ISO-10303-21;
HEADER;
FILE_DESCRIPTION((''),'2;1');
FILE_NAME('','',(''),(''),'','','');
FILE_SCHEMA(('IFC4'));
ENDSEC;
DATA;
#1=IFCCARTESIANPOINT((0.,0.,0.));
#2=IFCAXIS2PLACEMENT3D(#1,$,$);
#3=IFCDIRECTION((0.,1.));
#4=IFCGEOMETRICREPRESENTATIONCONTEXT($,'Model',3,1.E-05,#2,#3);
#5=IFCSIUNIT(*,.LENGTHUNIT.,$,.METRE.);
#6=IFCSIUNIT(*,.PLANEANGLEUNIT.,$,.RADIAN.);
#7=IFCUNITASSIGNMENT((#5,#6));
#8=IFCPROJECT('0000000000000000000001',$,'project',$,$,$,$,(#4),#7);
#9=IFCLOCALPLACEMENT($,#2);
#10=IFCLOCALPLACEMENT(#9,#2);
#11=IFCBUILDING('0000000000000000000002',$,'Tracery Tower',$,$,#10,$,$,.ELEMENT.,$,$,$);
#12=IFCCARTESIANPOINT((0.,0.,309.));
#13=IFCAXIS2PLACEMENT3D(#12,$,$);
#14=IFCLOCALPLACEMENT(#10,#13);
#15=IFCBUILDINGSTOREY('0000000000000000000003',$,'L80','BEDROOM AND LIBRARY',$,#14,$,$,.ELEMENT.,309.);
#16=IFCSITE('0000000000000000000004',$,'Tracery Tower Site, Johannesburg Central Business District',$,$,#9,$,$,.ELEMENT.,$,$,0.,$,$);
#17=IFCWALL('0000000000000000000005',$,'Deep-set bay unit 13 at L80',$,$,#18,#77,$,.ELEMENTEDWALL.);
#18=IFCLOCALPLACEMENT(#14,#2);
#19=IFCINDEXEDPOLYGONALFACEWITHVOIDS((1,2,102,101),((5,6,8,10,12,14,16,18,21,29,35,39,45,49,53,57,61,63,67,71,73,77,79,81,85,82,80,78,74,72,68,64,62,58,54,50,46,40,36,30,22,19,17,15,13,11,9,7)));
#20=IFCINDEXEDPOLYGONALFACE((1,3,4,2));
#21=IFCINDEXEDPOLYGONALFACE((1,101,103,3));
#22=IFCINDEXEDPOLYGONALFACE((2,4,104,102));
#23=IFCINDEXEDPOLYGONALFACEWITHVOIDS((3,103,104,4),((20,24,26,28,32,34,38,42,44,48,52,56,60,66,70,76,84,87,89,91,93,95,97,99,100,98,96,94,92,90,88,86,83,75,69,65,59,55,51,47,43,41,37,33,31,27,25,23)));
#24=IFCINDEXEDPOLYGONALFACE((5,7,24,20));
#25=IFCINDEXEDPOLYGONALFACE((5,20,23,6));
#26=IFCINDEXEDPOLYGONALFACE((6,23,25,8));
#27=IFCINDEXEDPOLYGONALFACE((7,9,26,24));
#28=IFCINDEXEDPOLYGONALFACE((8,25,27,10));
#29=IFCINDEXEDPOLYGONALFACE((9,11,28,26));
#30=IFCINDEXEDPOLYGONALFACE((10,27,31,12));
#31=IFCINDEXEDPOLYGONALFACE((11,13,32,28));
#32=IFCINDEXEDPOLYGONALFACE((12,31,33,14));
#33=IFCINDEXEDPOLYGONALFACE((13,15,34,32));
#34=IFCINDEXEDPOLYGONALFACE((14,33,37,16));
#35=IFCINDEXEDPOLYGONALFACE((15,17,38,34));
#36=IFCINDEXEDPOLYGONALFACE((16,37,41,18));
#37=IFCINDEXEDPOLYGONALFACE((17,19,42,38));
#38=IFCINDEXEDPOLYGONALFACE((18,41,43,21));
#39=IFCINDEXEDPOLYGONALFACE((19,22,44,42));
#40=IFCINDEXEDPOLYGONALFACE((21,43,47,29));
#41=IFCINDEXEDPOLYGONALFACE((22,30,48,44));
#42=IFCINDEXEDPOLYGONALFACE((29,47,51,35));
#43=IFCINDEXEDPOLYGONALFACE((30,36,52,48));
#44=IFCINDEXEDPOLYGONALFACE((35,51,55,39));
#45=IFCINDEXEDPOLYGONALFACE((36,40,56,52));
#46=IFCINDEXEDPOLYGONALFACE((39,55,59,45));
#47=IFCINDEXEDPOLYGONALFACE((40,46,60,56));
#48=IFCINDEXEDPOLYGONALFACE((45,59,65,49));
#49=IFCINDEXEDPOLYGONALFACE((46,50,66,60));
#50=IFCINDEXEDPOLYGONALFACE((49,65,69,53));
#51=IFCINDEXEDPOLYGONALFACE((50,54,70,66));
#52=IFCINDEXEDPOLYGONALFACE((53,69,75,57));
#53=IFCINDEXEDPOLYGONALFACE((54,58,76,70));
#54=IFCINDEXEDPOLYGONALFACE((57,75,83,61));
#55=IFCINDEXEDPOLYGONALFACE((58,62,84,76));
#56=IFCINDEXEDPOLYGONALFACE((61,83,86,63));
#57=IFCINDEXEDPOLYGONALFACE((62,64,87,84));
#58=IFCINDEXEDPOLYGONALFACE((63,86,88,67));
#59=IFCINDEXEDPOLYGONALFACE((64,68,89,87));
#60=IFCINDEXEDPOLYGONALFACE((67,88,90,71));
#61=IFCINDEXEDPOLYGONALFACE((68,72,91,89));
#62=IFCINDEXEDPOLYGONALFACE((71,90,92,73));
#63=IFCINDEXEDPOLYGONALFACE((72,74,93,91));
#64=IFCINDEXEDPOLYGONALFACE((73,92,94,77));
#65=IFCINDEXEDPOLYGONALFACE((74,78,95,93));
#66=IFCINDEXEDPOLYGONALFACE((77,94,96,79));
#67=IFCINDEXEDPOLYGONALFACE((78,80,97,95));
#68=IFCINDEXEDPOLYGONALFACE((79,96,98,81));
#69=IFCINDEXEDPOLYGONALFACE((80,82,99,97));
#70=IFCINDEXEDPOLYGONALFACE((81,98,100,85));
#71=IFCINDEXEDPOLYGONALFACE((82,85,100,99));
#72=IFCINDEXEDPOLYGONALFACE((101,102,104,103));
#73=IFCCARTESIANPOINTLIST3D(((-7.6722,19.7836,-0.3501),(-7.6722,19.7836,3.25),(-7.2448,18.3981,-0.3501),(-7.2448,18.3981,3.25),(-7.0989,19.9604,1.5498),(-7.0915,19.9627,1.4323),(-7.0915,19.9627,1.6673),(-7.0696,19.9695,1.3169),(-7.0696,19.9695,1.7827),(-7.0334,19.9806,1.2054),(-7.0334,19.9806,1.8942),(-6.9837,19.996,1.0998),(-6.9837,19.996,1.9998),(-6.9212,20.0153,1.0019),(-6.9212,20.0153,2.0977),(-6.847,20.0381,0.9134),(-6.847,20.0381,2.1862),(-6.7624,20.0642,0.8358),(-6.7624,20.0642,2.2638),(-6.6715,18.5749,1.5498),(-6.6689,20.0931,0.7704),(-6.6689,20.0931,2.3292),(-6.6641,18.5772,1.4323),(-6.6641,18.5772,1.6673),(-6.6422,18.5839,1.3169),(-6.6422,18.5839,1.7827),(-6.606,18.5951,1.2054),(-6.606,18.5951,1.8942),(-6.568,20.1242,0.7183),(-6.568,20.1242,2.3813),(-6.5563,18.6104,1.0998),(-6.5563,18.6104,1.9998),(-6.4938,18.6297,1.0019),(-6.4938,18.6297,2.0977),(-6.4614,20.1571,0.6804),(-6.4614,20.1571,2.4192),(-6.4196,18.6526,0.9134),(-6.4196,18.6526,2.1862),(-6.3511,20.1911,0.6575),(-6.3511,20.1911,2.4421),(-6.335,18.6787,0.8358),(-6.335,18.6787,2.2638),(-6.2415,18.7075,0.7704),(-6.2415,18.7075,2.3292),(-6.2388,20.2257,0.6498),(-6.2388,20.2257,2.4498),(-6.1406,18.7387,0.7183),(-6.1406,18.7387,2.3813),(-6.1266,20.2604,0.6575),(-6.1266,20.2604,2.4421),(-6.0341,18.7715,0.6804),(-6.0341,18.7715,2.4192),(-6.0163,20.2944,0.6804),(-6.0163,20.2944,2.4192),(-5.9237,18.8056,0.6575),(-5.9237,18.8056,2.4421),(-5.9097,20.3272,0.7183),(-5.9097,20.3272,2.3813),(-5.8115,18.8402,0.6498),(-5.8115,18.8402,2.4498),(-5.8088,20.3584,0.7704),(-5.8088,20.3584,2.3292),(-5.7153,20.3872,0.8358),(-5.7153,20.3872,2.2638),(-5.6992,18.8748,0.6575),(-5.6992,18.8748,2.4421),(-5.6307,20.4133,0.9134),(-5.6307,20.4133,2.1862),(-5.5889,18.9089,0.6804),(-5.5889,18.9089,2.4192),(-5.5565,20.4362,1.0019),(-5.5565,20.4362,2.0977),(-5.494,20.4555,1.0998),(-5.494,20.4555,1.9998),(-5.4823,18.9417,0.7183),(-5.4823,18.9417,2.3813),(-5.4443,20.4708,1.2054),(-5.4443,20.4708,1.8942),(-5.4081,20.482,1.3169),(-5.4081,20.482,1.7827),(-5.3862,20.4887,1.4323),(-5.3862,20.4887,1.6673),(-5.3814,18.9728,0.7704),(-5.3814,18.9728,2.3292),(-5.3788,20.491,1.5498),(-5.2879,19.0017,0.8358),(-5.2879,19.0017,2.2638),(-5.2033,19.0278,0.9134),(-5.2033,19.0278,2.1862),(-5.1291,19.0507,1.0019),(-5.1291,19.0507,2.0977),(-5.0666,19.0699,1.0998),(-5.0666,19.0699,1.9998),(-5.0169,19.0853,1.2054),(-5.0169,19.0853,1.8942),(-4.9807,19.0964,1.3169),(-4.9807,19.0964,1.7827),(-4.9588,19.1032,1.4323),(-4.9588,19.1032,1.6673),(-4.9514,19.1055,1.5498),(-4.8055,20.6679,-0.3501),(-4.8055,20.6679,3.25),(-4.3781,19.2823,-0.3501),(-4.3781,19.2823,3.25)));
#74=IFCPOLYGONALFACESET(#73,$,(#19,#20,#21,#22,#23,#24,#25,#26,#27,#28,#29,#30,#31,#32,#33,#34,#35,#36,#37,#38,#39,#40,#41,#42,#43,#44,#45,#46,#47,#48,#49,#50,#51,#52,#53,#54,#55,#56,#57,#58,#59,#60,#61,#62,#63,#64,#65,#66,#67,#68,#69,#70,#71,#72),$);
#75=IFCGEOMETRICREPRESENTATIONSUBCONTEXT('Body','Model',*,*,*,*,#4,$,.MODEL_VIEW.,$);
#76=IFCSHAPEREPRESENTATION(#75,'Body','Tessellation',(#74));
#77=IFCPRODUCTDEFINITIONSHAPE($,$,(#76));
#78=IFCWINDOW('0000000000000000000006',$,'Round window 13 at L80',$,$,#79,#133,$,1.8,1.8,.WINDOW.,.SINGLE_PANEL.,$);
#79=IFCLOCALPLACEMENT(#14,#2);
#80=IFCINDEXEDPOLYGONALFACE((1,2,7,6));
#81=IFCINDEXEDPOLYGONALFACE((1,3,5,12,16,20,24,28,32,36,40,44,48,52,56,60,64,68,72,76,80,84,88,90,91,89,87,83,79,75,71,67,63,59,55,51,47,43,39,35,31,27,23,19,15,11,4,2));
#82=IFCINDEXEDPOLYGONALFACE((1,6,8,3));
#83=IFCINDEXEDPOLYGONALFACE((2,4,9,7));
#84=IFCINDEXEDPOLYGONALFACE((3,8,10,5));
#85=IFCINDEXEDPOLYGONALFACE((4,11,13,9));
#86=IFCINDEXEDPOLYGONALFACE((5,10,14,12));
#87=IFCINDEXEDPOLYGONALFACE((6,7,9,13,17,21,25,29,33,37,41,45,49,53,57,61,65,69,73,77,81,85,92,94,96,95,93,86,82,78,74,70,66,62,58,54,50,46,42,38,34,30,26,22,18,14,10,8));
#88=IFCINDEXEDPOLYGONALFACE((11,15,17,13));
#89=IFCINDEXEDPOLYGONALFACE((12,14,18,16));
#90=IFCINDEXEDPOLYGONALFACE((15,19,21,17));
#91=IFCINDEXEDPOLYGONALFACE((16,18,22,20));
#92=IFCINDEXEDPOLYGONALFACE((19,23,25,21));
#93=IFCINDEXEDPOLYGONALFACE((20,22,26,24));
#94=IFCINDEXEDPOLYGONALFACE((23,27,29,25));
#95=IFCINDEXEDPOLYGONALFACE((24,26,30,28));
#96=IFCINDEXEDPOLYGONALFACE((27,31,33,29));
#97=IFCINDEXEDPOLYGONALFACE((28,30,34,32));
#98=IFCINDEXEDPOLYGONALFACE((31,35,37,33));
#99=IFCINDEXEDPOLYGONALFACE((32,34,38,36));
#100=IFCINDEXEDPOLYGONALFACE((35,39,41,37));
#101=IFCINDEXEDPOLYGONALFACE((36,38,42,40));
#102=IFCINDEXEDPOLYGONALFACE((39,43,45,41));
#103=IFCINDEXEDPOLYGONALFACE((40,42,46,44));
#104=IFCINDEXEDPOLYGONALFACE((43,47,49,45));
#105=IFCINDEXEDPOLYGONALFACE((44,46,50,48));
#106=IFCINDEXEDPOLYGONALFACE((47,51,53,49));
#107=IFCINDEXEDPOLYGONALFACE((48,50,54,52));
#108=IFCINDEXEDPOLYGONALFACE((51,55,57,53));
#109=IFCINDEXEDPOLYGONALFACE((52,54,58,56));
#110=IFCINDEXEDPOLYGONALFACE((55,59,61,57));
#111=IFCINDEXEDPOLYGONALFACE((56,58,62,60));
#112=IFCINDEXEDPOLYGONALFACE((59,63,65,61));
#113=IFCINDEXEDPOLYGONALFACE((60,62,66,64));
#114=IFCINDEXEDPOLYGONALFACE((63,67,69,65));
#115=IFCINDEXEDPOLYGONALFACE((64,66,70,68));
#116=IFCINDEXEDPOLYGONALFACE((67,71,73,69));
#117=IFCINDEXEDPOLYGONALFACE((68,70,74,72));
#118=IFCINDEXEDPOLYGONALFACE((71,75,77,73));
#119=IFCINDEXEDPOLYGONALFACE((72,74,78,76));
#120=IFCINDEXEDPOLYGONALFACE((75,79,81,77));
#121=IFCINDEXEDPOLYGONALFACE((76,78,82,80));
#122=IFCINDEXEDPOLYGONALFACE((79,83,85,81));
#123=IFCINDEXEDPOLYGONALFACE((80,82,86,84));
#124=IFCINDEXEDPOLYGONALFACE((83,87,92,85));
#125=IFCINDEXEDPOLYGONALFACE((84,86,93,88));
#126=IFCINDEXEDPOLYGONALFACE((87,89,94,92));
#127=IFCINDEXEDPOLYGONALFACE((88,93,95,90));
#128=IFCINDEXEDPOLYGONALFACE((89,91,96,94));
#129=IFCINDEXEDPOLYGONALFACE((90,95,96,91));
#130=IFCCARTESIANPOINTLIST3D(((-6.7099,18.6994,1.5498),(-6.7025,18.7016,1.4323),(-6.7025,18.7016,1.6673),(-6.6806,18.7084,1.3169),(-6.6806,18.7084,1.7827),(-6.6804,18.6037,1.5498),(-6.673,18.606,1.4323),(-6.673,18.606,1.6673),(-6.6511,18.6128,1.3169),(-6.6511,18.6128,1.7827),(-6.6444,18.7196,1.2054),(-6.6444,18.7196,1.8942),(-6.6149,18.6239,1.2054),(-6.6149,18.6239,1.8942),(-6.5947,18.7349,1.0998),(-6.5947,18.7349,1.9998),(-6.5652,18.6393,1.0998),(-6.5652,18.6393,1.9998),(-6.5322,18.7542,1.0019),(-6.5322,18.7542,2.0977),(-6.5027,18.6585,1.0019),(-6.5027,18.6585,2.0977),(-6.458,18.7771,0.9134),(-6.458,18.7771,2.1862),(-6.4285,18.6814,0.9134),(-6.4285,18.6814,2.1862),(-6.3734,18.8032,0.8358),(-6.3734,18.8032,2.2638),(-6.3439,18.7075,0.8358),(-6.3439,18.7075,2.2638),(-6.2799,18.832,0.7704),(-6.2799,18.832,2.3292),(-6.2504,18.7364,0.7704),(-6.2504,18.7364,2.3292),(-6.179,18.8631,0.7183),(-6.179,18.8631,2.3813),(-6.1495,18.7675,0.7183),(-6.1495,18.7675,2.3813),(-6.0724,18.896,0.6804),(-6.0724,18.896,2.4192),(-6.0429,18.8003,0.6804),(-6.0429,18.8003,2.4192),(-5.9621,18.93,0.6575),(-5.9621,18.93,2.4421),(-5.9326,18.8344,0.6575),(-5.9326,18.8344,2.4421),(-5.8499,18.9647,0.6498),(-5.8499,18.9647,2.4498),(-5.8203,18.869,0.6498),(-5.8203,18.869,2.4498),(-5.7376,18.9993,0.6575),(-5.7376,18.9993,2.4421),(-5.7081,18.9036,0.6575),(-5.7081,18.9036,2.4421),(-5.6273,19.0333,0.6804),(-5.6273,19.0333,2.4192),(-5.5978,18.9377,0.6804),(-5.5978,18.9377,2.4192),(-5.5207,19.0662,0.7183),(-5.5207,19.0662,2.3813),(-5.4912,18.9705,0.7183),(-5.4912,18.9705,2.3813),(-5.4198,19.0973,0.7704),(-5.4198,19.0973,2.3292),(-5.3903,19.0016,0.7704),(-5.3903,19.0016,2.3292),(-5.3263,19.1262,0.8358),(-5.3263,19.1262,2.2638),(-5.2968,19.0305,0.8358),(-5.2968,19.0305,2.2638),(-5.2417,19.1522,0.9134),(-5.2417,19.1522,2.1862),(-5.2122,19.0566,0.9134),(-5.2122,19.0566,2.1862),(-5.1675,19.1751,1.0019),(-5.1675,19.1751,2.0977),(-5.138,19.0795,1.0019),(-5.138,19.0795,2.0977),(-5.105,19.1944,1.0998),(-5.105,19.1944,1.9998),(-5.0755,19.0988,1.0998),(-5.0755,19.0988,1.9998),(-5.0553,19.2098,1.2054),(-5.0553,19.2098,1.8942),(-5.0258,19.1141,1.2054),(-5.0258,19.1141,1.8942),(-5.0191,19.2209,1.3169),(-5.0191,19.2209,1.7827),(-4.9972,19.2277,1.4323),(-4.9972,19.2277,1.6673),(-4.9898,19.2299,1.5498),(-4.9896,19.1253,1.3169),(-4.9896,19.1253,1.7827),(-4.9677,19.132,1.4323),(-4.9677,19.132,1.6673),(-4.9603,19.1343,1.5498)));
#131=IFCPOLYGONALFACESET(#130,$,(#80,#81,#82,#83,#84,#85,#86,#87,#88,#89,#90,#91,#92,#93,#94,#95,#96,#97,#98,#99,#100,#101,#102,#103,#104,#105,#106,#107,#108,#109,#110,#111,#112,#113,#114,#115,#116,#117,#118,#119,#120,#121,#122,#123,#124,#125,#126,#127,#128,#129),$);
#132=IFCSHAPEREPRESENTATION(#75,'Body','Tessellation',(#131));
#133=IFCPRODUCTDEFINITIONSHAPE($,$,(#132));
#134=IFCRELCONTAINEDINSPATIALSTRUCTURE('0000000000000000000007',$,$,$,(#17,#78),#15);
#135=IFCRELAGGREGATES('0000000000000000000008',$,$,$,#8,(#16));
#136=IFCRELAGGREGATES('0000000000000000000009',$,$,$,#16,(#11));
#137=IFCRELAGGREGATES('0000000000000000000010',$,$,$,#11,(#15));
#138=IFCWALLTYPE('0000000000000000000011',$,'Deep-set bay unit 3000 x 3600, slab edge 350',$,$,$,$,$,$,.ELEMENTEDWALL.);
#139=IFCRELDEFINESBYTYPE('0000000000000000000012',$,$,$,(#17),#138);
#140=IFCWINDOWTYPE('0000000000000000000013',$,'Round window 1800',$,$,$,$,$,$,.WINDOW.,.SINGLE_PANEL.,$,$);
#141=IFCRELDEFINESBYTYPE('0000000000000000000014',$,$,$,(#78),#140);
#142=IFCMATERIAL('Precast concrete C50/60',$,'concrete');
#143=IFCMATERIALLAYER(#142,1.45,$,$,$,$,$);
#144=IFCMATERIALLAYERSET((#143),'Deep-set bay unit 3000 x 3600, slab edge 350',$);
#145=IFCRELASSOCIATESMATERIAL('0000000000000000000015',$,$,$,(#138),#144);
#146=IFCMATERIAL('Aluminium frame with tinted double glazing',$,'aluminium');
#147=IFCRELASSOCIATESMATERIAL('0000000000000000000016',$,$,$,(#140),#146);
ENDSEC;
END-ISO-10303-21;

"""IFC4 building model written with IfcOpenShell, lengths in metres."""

from ifc_helpers import new_model, si_unit, direction, frame, frame_2d, origin, origin_2d, place, context, subcontext, project, spatial, rectangle, circle, extrude, material, layer, layer_set, type_object, element, fill, save


model = new_model("IFC4")

# Units and contexts
model_context = context("Model", 3, precision=1e-05, world=origin(), true_north=direction((0.0, 1.0)))
body_context = subcontext(model_context, "Body", "Model", "MODEL_VIEW")
ifc_project = project(units=[si_unit("LENGTHUNIT", "METRE"), si_unit("PLANEANGLEUNIT", "RADIAN")], contexts=[model_context])

# Site, building, storey
site_placement = place(None, origin())
site = spatial("IfcSite", under=ifc_project, at=site_placement, Name="Tracery Tower Site, Johannesburg Central Business District", CompositionType="ELEMENT", RefElevation=0.0)
building_placement = place(site_placement, origin())
building = spatial("IfcBuilding", under=site, at=building_placement, Name="Tracery Tower", CompositionType="ELEMENT")
storey_placement = place(building_placement, frame((0.0, 0.0, 309.0)))
storey = spatial("IfcBuildingStorey", under=building, at=storey_placement, Name="L80", Description="BEDROOM AND LIBRARY", CompositionType="ELEMENT", Elevation=309.0)

# Wall, opening, window
ifc_material_1 = material(Name="Precast concrete C50/60", Category="concrete")
ifc_layer_1 = layer(ifc_material_1, 1.45)
ifc_layer_set_1 = layer_set([ifc_layer_1], Name="Deep-set bay unit 3000 x 3600, slab edge 350")
wall_type_1 = type_object("IfcWallType", Name="Deep-set bay unit 3000 x 3600, slab edge 350", PredefinedType="ELEMENTEDWALL", material=ifc_layer_set_1)
wall_1_placement = place(storey_placement, frame((-4.5918, 19.9751, -0.3501), z_axis=(0.0, 0.0, 1.0), x_axis=(-0.955571, -0.294761, 0.0)))
wall_1 = element("IfcWall", 1, at=wall_1_placement, inside=storey, type_object=wall_type_1, Name="Deep-set bay unit 13 at L80", PredefinedType="ELEMENTEDWALL", context=body_context, shape_type="SweptSolid", body=[
    extrude(rectangle(XDim=3.0, YDim=1.45, at=frame_2d((1.5, 0.0))), origin(), (0.0, 0.0, 1.0), 3.6001),
])
opening_1_placement = place(wall_1_placement, frame((1.5, 0.0, 1.8999)))
opening_1 = element("IfcOpeningElement", 2, at=opening_1_placement, cuts=wall_1, PredefinedType="OPENING", context=body_context, shape_type="SweptSolid", body=[
    extrude(circle(Radius=0.9, at=origin_2d()), frame((0.0, 0.7349, 0.0), z_axis=(0.0, -1.0, 0.0), x_axis=(1.0, 0.0, 0.0)), (0.0, 0.0, 1.0), 1.47),
])
ifc_material_2 = material(Name="Aluminium frame with tinted double glazing", Category="aluminium")
window_type = type_object("IfcWindowType", Name="Round window 1800", PartitioningType="SINGLE_PANEL", PredefinedType="WINDOW", material=ifc_material_2)
window_1_placement = place(opening_1_placement, origin())
window_1 = element("IfcWindow", 3, at=window_1_placement, inside=storey, type_object=window_type, Name="Round window 13 at L80", OverallHeight=1.8, OverallWidth=1.8, PartitioningType="SINGLE_PANEL", PredefinedType="WINDOW", context=body_context, shape_type="SweptSolid", body=[
    extrude(circle(Radius=0.9, at=origin_2d()), frame((0.0, 0.6948, 0.0), z_axis=(0.0, -1.0, 0.0), x_axis=(1.0, 0.0, 0.0)), (0.0, 0.0, 1.0), 0.1001),
])
fill(opening_1, window_1)

save(model, "model.ifc")
